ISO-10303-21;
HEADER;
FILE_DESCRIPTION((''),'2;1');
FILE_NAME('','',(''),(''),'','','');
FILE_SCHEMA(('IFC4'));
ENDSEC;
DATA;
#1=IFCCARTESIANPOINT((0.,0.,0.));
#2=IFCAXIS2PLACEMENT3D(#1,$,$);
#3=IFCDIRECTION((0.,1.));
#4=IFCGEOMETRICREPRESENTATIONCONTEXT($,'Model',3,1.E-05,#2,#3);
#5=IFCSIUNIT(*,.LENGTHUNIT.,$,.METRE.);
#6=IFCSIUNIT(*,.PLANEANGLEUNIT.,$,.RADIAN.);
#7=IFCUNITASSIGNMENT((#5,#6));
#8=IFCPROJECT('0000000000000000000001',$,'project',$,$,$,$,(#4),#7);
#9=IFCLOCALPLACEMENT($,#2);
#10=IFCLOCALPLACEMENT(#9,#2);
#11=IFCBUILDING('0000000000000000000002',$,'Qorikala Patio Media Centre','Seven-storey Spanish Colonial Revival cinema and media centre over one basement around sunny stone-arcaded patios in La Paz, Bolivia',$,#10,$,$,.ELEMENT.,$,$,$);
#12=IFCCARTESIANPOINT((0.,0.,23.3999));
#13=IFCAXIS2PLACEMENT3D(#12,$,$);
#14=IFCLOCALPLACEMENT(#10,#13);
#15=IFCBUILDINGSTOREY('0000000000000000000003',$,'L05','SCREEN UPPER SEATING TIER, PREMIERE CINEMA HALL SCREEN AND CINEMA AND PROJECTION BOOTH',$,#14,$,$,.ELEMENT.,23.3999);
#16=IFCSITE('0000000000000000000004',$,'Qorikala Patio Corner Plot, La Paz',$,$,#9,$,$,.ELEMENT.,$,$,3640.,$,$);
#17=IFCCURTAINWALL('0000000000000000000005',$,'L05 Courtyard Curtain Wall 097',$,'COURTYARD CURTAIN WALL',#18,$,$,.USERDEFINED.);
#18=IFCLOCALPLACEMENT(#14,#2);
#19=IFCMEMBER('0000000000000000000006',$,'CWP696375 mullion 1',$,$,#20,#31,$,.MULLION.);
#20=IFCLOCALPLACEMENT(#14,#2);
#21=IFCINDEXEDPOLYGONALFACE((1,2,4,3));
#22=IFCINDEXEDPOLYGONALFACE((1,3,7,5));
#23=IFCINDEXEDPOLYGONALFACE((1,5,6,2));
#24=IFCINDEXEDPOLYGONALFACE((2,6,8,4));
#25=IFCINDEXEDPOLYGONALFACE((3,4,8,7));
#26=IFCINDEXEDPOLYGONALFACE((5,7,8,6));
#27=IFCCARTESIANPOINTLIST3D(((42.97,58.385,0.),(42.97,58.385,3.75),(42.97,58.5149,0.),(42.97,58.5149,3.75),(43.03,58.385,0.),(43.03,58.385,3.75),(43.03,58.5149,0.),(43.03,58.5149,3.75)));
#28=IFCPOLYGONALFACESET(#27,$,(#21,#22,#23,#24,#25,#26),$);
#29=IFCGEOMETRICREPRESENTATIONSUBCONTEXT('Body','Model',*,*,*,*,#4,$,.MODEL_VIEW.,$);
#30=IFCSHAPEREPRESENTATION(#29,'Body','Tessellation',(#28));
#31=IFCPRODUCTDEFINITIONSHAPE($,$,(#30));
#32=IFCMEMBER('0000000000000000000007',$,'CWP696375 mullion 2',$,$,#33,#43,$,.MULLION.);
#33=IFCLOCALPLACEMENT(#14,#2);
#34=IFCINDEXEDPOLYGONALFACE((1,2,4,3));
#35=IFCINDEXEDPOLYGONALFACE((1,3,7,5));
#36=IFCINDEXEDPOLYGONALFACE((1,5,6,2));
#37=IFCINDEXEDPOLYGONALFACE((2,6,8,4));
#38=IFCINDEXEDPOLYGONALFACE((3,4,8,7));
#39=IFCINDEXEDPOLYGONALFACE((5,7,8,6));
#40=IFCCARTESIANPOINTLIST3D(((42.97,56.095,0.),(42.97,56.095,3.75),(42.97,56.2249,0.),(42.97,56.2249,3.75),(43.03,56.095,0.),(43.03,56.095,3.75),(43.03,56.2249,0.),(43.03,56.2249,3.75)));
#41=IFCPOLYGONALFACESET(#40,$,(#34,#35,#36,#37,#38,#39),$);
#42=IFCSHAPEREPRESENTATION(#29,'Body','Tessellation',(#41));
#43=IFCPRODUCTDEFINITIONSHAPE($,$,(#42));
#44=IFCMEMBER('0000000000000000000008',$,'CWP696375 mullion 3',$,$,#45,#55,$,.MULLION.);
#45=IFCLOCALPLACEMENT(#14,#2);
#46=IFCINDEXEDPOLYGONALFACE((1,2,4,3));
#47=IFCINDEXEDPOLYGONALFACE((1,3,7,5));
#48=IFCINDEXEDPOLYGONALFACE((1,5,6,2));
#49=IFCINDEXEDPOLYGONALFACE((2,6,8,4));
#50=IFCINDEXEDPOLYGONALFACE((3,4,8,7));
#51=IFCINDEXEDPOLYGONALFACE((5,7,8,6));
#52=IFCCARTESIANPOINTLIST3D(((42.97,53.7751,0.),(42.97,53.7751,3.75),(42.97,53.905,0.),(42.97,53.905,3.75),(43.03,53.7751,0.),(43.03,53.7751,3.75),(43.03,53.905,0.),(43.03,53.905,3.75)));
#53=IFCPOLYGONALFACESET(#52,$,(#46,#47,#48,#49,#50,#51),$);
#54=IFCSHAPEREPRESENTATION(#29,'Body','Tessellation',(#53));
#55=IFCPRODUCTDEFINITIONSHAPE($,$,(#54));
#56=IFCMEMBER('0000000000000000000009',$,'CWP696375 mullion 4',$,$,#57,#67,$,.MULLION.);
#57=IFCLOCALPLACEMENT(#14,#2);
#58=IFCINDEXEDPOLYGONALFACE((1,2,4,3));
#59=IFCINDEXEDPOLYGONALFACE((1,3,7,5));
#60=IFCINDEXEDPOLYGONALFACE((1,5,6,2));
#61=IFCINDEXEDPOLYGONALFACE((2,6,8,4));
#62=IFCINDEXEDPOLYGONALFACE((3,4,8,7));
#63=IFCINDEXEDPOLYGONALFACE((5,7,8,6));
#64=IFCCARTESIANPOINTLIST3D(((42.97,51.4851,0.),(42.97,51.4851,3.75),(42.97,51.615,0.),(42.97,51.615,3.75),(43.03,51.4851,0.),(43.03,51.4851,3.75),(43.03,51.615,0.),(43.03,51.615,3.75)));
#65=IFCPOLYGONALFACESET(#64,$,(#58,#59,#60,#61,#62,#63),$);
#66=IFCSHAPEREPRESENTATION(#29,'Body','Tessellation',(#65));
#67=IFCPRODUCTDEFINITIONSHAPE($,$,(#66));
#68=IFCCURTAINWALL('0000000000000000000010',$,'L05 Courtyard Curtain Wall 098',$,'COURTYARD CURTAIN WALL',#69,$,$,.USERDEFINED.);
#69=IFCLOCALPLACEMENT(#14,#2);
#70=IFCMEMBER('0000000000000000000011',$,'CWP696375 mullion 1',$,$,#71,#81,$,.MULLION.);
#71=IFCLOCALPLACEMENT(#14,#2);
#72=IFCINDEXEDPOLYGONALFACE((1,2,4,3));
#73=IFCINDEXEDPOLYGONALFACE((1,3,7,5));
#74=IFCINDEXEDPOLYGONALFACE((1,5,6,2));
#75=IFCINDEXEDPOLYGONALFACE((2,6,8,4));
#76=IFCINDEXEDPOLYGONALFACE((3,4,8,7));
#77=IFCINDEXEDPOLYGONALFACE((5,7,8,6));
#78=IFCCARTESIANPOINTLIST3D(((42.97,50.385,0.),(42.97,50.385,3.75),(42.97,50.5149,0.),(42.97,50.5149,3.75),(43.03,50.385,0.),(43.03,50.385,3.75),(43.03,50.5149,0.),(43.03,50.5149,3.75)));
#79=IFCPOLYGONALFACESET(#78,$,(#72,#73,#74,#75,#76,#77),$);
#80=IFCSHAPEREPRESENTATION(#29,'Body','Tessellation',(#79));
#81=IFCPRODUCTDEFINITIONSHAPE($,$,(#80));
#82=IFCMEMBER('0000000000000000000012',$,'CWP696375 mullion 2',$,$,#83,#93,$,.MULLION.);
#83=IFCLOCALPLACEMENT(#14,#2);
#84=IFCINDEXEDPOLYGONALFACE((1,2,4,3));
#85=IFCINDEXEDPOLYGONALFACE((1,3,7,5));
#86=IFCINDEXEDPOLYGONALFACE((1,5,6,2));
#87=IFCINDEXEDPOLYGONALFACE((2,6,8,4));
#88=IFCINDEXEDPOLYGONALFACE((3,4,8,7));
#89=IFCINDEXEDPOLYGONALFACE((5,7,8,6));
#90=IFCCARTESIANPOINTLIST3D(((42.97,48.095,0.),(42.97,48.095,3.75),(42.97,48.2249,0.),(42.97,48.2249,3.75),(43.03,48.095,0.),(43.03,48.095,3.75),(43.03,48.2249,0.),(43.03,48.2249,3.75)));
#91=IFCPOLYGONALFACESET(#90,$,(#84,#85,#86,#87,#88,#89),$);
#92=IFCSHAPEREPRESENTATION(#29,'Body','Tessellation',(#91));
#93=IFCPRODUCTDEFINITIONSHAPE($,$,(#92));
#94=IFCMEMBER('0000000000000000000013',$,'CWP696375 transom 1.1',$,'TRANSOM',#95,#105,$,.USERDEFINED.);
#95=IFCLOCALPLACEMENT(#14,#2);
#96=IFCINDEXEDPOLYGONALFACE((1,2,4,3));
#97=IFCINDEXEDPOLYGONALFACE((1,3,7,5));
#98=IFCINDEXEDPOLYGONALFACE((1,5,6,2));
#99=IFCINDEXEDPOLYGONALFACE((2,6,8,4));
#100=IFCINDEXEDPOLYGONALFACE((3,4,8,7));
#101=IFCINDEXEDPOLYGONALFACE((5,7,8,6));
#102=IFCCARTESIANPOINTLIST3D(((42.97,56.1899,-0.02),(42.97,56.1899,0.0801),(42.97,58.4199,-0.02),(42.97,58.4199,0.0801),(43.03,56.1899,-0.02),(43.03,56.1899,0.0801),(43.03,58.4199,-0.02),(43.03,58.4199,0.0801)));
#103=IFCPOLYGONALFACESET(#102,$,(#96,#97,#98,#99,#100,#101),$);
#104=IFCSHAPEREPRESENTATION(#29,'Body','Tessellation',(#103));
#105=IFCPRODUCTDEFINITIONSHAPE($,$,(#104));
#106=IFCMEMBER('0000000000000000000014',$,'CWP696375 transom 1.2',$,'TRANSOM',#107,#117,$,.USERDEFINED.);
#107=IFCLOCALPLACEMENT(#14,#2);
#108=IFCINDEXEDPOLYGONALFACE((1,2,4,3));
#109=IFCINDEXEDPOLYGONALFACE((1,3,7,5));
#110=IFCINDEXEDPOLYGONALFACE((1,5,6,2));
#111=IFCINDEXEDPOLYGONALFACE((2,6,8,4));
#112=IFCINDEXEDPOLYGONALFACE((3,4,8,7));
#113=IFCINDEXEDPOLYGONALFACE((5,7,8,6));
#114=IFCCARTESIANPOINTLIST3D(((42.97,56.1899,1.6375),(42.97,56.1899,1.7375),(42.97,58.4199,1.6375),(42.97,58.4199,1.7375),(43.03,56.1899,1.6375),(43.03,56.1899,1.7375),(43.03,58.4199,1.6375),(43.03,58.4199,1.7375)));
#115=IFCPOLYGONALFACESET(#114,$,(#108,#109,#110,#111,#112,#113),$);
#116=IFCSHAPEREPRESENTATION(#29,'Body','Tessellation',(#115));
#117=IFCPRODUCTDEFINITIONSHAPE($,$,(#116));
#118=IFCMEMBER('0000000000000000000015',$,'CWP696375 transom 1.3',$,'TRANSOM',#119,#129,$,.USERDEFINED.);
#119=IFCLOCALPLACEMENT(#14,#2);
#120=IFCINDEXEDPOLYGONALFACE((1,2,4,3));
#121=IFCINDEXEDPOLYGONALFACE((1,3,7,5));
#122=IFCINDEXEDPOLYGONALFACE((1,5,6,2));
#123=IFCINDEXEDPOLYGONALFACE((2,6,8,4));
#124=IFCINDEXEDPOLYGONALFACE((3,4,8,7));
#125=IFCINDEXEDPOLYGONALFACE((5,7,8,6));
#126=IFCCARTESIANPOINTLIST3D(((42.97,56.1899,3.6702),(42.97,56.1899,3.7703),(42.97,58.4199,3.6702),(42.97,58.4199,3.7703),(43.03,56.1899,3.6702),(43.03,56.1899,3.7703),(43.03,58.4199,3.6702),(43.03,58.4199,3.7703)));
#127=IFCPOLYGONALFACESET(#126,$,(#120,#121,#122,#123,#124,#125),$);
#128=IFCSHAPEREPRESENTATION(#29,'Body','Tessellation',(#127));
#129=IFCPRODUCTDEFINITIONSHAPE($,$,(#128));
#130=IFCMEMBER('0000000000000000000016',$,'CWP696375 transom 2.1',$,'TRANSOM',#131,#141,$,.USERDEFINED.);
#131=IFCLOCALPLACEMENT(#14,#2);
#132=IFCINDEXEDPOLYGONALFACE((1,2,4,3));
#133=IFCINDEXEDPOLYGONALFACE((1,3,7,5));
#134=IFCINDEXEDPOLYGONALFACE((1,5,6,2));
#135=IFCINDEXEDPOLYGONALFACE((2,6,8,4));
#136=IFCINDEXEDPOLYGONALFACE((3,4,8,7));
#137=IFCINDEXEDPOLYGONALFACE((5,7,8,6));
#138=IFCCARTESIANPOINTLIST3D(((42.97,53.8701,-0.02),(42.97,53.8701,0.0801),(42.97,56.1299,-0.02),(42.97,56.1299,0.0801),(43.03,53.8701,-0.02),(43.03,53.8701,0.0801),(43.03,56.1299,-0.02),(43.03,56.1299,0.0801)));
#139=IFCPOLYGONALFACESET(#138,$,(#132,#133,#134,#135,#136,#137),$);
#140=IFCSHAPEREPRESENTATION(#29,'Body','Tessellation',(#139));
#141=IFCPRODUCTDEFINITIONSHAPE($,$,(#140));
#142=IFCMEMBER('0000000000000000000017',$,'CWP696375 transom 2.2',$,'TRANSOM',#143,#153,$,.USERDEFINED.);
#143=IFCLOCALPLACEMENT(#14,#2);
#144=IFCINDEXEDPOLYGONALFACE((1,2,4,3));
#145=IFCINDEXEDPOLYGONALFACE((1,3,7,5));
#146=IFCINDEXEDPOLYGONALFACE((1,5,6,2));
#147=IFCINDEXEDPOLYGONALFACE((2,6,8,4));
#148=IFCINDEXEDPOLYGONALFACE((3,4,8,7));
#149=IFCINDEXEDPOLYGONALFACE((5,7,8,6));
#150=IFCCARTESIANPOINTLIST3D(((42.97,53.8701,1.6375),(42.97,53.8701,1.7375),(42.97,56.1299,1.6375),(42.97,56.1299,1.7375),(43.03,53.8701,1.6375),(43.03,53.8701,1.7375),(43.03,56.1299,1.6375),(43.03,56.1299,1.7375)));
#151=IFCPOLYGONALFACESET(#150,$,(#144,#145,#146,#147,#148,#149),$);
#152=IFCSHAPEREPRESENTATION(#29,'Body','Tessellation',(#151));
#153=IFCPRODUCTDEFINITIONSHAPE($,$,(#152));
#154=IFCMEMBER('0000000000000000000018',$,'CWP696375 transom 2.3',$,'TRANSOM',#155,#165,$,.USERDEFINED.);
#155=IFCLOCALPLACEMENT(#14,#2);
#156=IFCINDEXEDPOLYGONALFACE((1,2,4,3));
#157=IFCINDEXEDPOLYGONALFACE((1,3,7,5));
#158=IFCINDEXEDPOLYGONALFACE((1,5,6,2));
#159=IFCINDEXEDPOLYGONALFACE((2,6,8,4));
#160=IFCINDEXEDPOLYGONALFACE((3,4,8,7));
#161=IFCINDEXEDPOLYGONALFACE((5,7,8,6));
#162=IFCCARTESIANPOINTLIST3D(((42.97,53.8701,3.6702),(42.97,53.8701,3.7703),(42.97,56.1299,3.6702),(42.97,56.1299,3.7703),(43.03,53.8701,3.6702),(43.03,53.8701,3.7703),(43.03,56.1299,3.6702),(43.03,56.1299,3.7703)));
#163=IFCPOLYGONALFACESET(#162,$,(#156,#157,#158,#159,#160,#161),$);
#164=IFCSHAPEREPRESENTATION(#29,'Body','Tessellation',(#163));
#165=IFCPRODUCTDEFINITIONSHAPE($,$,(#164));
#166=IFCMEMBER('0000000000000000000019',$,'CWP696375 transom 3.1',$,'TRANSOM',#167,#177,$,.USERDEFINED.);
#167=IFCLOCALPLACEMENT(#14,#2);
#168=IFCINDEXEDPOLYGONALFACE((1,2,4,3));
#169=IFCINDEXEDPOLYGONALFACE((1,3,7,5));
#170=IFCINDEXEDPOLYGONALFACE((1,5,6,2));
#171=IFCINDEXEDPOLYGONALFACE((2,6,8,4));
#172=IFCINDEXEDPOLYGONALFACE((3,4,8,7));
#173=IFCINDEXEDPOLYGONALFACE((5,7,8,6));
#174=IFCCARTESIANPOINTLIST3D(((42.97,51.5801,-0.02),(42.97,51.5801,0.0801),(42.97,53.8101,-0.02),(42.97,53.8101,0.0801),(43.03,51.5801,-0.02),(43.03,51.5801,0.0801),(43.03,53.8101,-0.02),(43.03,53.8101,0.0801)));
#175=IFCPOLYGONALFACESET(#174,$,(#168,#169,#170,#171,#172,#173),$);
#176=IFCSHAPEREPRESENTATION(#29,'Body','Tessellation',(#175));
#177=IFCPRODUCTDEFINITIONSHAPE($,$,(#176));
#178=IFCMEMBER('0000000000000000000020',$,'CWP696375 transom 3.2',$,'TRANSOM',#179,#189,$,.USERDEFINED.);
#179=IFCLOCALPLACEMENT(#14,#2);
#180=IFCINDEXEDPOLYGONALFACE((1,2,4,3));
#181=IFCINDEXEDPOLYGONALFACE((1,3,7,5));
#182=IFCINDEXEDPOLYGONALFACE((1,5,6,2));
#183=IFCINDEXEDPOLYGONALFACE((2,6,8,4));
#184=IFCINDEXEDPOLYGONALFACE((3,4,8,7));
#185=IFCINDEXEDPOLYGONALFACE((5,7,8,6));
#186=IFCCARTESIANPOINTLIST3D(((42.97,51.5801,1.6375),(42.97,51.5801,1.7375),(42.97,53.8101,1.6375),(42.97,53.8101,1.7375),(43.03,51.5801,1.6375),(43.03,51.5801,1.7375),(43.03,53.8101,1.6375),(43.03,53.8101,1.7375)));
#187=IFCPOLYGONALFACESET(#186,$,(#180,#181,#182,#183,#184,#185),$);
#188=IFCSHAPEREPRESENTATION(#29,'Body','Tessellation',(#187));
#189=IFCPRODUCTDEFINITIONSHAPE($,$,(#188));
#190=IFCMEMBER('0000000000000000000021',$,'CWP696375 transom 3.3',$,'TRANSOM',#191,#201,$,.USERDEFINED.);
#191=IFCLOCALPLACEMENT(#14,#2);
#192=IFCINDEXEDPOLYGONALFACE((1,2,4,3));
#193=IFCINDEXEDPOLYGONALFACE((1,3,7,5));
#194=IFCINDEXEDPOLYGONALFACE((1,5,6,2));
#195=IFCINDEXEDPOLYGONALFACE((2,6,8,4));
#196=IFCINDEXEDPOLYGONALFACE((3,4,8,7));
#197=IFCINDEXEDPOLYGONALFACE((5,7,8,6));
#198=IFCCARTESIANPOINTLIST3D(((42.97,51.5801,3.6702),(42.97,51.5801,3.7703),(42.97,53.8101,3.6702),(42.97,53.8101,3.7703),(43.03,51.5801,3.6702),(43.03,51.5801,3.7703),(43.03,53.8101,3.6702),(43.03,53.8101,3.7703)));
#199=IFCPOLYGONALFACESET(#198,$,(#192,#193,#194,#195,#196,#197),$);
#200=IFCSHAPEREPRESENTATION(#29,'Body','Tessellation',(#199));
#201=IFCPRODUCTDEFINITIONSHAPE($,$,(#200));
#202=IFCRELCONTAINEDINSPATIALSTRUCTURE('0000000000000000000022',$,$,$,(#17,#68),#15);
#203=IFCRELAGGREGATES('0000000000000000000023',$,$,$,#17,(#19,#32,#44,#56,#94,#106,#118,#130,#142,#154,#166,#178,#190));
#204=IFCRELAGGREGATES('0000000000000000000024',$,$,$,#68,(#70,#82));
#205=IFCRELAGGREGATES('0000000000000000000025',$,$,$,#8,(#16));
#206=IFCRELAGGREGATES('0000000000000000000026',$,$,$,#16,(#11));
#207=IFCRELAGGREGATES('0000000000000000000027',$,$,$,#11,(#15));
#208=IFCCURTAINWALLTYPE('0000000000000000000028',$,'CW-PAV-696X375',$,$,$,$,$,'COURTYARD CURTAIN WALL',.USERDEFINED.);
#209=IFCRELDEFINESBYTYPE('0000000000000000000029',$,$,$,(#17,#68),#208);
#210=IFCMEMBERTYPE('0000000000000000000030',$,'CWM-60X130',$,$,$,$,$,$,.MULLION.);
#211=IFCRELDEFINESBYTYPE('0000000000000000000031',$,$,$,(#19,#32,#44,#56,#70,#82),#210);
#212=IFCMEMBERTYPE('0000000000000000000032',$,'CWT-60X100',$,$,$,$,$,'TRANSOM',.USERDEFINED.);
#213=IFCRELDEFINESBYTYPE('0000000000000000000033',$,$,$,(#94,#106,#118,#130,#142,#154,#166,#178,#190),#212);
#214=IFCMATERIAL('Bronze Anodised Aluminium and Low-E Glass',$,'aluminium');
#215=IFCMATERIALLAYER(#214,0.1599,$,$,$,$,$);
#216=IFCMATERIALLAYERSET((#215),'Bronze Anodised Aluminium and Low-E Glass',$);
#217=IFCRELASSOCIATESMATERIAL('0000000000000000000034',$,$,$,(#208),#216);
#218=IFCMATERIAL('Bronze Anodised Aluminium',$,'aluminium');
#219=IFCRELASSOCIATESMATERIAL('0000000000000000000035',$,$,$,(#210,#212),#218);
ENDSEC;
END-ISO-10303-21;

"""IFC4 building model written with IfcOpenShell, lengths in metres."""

from ifc_helpers import new_model, si_unit, direction, frame, origin, origin_2d, place, context, subcontext, project, spatial, rectangle, extrude, material, layer, layer_set, material_profile, profile_set, type_object, element, aggregate, save


model = new_model("IFC4")

# Units and contexts
model_context = context("Model", 3, precision=1e-05, world=origin(), true_north=direction((0.0, 1.0)))
body_context = subcontext(model_context, "Body", "Model", "MODEL_VIEW")
ifc_project = project(units=[si_unit("LENGTHUNIT", "METRE"), si_unit("PLANEANGLEUNIT", "RADIAN")], contexts=[model_context])

# Site, building, storey
site_placement = place(None, origin())
site = spatial("IfcSite", under=ifc_project, at=site_placement, Name="Qorikala Patio Corner Plot, La Paz", CompositionType="ELEMENT", RefElevation=3640.0)
building_placement = place(site_placement, origin())
building = spatial("IfcBuilding", under=site, at=building_placement, Name="Qorikala Patio Media Centre", Description="Seven-storey Spanish Colonial Revival cinema and media centre over one basement around sunny stone-arcaded patios in La Paz, Bolivia", CompositionType="ELEMENT")
storey_placement = place(building_placement, frame((0.0, 0.0, 23.3999)))
storey = spatial("IfcBuildingStorey", under=building, at=storey_placement, Name="L05", Description="SCREEN UPPER SEATING TIER, PREMIERE CINEMA HALL SCREEN AND CINEMA AND PROJECTION BOOTH", CompositionType="ELEMENT", Elevation=23.3999)

# Curtain walls, members
ifc_material_1 = material(Name="Bronze Anodised Aluminium and Low-E Glass", Category="aluminium")
ifc_layer_1 = layer(ifc_material_1, 0.1599)
ifc_layer_set_1 = layer_set([ifc_layer_1], Name="Bronze Anodised Aluminium and Low-E Glass")
curtain_wall_type = type_object("IfcCurtainWallType", Name="CW-PAV-696X375", ElementType="COURTYARD CURTAIN WALL", PredefinedType="USERDEFINED", material=ifc_layer_set_1)
curtain_wall_1_placement = place(storey_placement, origin())
curtain_wall_1 = element("IfcCurtainWall", 1, at=curtain_wall_1_placement, inside=storey, type_object=curtain_wall_type, Name="L05 Courtyard Curtain Wall 097", ObjectType="COURTYARD CURTAIN WALL", PredefinedType="USERDEFINED")
ifc_material_2 = material(Name="Bronze Anodised Aluminium", Category="aluminium")
ifc_material_profile_1 = material_profile(ifc_material_2, rectangle(XDim=0.0601, YDim=0.1299, at=origin_2d()), Name="ALU MULLION 60x130")
ifc_profile_set_1 = profile_set([ifc_material_profile_1], Name="Bronze Anodised Aluminium")
member_type_1 = type_object("IfcMemberType", Name="CWM-60X130", PredefinedType="MULLION", material=ifc_profile_set_1)
member_1_placement = place(storey_placement, frame((43.0, 58.45, 0.0), z_axis=(0.0, 0.0, 1.0), x_axis=(1.0, 0.0, 0.0)))
member_1 = element("IfcMember", 2, at=member_1_placement, type_object=member_type_1, Name="CWP696375 mullion 1", PredefinedType="MULLION", context=body_context, shape_type="SweptSolid", body=[
    extrude(rectangle(XDim=0.0601, YDim=0.1299, at=origin_2d()), origin(), (0.0, 0.0, 1.0), 3.75),
])
member_2_placement = place(storey_placement, frame((43.0, 56.1599, 0.0), z_axis=(0.0, 0.0, 1.0), x_axis=(1.0, 0.0, 0.0)))
member_2 = element("IfcMember", 3, at=member_2_placement, type_object=member_type_1, Name="CWP696375 mullion 2", PredefinedType="MULLION", context=body_context, shape_type="SweptSolid", body=[
    extrude(rectangle(XDim=0.0601, YDim=0.1299, at=origin_2d()), origin(), (0.0, 0.0, 1.0), 3.75),
])
member_3_placement = place(storey_placement, frame((43.0, 53.8401, 0.0), z_axis=(0.0, 0.0, 1.0), x_axis=(1.0, 0.0, 0.0)))
member_3 = element("IfcMember", 4, at=member_3_placement, type_object=member_type_1, Name="CWP696375 mullion 3", PredefinedType="MULLION", context=body_context, shape_type="SweptSolid", body=[
    extrude(rectangle(XDim=0.0601, YDim=0.1299, at=origin_2d()), origin(), (0.0, 0.0, 1.0), 3.75),
])
member_4_placement = place(storey_placement, frame((43.0, 51.55, 0.0), z_axis=(0.0, 0.0, 1.0), x_axis=(1.0, 0.0, 0.0)))
member_4 = element("IfcMember", 5, at=member_4_placement, type_object=member_type_1, Name="CWP696375 mullion 4", PredefinedType="MULLION", context=body_context, shape_type="SweptSolid", body=[
    extrude(rectangle(XDim=0.0601, YDim=0.1299, at=origin_2d()), origin(), (0.0, 0.0, 1.0), 3.75),
])
curtain_wall_2_placement = place(storey_placement, origin())
curtain_wall_2 = element("IfcCurtainWall", 6, at=curtain_wall_2_placement, inside=storey, type_object=curtain_wall_type, Name="L05 Courtyard Curtain Wall 098", ObjectType="COURTYARD CURTAIN WALL", PredefinedType="USERDEFINED")
member_5_placement = place(storey_placement, frame((43.0, 50.45, 0.0), z_axis=(0.0, 0.0, 1.0), x_axis=(1.0, 0.0, 0.0)))
member_5 = element("IfcMember", 7, at=member_5_placement, type_object=member_type_1, Name="CWP696375 mullion 1", PredefinedType="MULLION", context=body_context, shape_type="SweptSolid", body=[
    extrude(rectangle(XDim=0.0601, YDim=0.1299, at=origin_2d()), origin(), (0.0, 0.0, 1.0), 3.75),
])
member_6_placement = place(storey_placement, frame((43.0, 48.1599, 0.0), z_axis=(0.0, 0.0, 1.0), x_axis=(1.0, 0.0, 0.0)))
member_6 = element("IfcMember", 8, at=member_6_placement, type_object=member_type_1, Name="CWP696375 mullion 2", PredefinedType="MULLION", context=body_context, shape_type="SweptSolid", body=[
    extrude(rectangle(XDim=0.0601, YDim=0.1299, at=origin_2d()), origin(), (0.0, 0.0, 1.0), 3.75),
])

# Members
ifc_material_profile_2 = material_profile(ifc_material_2, rectangle(XDim=0.0601, YDim=0.1001, at=origin_2d()), Name="ALU TRANSOM 60x100")
ifc_profile_set_2 = profile_set([ifc_material_profile_2], Name="Bronze Anodised Aluminium")
member_type_2 = type_object("IfcMemberType", Name="CWT-60X100", ElementType="TRANSOM", PredefinedType="USERDEFINED", material=ifc_profile_set_2)
member_7_placement = place(storey_placement, frame((43.0, 58.4199, 0.03), z_axis=(0.0, -1.0, 0.0), x_axis=(1.0, 0.0, 0.0)))
member_7 = element("IfcMember", 9, at=member_7_placement, type_object=member_type_2, Name="CWP696375 transom 1.1", ObjectType="TRANSOM", PredefinedType="USERDEFINED", context=body_context, shape_type="SweptSolid", body=[
    extrude(rectangle(XDim=0.0601, YDim=0.1001, at=origin_2d()), origin(), (0.0, 0.0, 1.0), 2.23),
])
member_8_placement = place(storey_placement, frame((43.0, 58.4199, 1.6875), z_axis=(0.0, -1.0, 0.0), x_axis=(1.0, 0.0, 0.0)))
member_8 = element("IfcMember", 10, at=member_8_placement, type_object=member_type_2, Name="CWP696375 transom 1.2", ObjectType="TRANSOM", PredefinedType="USERDEFINED", context=body_context, shape_type="SweptSolid", body=[
    extrude(rectangle(XDim=0.0601, YDim=0.1001, at=origin_2d()), origin(), (0.0, 0.0, 1.0), 2.23),
])
member_9_placement = place(storey_placement, frame((43.0, 58.4199, 3.7202), z_axis=(0.0, -1.0, 0.0), x_axis=(1.0, 0.0, 0.0)))
member_9 = element("IfcMember", 11, at=member_9_placement, type_object=member_type_2, Name="CWP696375 transom 1.3", ObjectType="TRANSOM", PredefinedType="USERDEFINED", context=body_context, shape_type="SweptSolid", body=[
    extrude(rectangle(XDim=0.0601, YDim=0.1001, at=origin_2d()), origin(), (0.0, 0.0, 1.0), 2.23),
])
member_10_placement = place(storey_placement, frame((43.0, 56.1299, 0.03), z_axis=(0.0, -1.0, 0.0), x_axis=(1.0, 0.0, 0.0)))
member_10 = element("IfcMember", 12, at=member_10_placement, type_object=member_type_2, Name="CWP696375 transom 2.1", ObjectType="TRANSOM", PredefinedType="USERDEFINED", context=body_context, shape_type="SweptSolid", body=[
    extrude(rectangle(XDim=0.0601, YDim=0.1001, at=origin_2d()), origin(), (0.0, 0.0, 1.0), 2.2598),
])
member_11_placement = place(storey_placement, frame((43.0, 56.1299, 1.6875), z_axis=(0.0, -1.0, 0.0), x_axis=(1.0, 0.0, 0.0)))
member_11 = element("IfcMember", 13, at=member_11_placement, type_object=member_type_2, Name="CWP696375 transom 2.2", ObjectType="TRANSOM", PredefinedType="USERDEFINED", context=body_context, shape_type="SweptSolid", body=[
    extrude(rectangle(XDim=0.0601, YDim=0.1001, at=origin_2d()), origin(), (0.0, 0.0, 1.0), 2.2598),
])
member_12_placement = place(storey_placement, frame((43.0, 56.1299, 3.7202), z_axis=(0.0, -1.0, 0.0), x_axis=(1.0, 0.0, 0.0)))
member_12 = element("IfcMember", 14, at=member_12_placement, type_object=member_type_2, Name="CWP696375 transom 2.3", ObjectType="TRANSOM", PredefinedType="USERDEFINED", context=body_context, shape_type="SweptSolid", body=[
    extrude(rectangle(XDim=0.0601, YDim=0.1001, at=origin_2d()), origin(), (0.0, 0.0, 1.0), 2.2598),
])
member_13_placement = place(storey_placement, frame((43.0, 53.8101, 0.03), z_axis=(0.0, -1.0, 0.0), x_axis=(1.0, 0.0, 0.0)))
member_13 = element("IfcMember", 15, at=member_13_placement, type_object=member_type_2, Name="CWP696375 transom 3.1", ObjectType="TRANSOM", PredefinedType="USERDEFINED", context=body_context, shape_type="SweptSolid", body=[
    extrude(rectangle(XDim=0.0601, YDim=0.1001, at=origin_2d()), origin(), (0.0, 0.0, 1.0), 2.23),
])
member_14_placement = place(storey_placement, frame((43.0, 53.8101, 1.6875), z_axis=(0.0, -1.0, 0.0), x_axis=(1.0, 0.0, 0.0)))
member_14 = element("IfcMember", 16, at=member_14_placement, type_object=member_type_2, Name="CWP696375 transom 3.2", ObjectType="TRANSOM", PredefinedType="USERDEFINED", context=body_context, shape_type="SweptSolid", body=[
    extrude(rectangle(XDim=0.0601, YDim=0.1001, at=origin_2d()), origin(), (0.0, 0.0, 1.0), 2.23),
])
member_15_placement = place(storey_placement, frame((43.0, 53.8101, 3.7202), z_axis=(0.0, -1.0, 0.0), x_axis=(1.0, 0.0, 0.0)))
member_15 = element("IfcMember", 17, at=member_15_placement, type_object=member_type_2, Name="CWP696375 transom 3.3", ObjectType="TRANSOM", PredefinedType="USERDEFINED", context=body_context, shape_type="SweptSolid", body=[
    extrude(rectangle(XDim=0.0601, YDim=0.1001, at=origin_2d()), origin(), (0.0, 0.0, 1.0), 2.23),
])

aggregate(curtain_wall_1, [member_1, member_2, member_3, member_4, member_7, member_8, member_9, member_10, member_11, member_12, member_13, member_14, member_15])
aggregate(curtain_wall_2, [member_5, member_6])

save(model, "model.ifc")
